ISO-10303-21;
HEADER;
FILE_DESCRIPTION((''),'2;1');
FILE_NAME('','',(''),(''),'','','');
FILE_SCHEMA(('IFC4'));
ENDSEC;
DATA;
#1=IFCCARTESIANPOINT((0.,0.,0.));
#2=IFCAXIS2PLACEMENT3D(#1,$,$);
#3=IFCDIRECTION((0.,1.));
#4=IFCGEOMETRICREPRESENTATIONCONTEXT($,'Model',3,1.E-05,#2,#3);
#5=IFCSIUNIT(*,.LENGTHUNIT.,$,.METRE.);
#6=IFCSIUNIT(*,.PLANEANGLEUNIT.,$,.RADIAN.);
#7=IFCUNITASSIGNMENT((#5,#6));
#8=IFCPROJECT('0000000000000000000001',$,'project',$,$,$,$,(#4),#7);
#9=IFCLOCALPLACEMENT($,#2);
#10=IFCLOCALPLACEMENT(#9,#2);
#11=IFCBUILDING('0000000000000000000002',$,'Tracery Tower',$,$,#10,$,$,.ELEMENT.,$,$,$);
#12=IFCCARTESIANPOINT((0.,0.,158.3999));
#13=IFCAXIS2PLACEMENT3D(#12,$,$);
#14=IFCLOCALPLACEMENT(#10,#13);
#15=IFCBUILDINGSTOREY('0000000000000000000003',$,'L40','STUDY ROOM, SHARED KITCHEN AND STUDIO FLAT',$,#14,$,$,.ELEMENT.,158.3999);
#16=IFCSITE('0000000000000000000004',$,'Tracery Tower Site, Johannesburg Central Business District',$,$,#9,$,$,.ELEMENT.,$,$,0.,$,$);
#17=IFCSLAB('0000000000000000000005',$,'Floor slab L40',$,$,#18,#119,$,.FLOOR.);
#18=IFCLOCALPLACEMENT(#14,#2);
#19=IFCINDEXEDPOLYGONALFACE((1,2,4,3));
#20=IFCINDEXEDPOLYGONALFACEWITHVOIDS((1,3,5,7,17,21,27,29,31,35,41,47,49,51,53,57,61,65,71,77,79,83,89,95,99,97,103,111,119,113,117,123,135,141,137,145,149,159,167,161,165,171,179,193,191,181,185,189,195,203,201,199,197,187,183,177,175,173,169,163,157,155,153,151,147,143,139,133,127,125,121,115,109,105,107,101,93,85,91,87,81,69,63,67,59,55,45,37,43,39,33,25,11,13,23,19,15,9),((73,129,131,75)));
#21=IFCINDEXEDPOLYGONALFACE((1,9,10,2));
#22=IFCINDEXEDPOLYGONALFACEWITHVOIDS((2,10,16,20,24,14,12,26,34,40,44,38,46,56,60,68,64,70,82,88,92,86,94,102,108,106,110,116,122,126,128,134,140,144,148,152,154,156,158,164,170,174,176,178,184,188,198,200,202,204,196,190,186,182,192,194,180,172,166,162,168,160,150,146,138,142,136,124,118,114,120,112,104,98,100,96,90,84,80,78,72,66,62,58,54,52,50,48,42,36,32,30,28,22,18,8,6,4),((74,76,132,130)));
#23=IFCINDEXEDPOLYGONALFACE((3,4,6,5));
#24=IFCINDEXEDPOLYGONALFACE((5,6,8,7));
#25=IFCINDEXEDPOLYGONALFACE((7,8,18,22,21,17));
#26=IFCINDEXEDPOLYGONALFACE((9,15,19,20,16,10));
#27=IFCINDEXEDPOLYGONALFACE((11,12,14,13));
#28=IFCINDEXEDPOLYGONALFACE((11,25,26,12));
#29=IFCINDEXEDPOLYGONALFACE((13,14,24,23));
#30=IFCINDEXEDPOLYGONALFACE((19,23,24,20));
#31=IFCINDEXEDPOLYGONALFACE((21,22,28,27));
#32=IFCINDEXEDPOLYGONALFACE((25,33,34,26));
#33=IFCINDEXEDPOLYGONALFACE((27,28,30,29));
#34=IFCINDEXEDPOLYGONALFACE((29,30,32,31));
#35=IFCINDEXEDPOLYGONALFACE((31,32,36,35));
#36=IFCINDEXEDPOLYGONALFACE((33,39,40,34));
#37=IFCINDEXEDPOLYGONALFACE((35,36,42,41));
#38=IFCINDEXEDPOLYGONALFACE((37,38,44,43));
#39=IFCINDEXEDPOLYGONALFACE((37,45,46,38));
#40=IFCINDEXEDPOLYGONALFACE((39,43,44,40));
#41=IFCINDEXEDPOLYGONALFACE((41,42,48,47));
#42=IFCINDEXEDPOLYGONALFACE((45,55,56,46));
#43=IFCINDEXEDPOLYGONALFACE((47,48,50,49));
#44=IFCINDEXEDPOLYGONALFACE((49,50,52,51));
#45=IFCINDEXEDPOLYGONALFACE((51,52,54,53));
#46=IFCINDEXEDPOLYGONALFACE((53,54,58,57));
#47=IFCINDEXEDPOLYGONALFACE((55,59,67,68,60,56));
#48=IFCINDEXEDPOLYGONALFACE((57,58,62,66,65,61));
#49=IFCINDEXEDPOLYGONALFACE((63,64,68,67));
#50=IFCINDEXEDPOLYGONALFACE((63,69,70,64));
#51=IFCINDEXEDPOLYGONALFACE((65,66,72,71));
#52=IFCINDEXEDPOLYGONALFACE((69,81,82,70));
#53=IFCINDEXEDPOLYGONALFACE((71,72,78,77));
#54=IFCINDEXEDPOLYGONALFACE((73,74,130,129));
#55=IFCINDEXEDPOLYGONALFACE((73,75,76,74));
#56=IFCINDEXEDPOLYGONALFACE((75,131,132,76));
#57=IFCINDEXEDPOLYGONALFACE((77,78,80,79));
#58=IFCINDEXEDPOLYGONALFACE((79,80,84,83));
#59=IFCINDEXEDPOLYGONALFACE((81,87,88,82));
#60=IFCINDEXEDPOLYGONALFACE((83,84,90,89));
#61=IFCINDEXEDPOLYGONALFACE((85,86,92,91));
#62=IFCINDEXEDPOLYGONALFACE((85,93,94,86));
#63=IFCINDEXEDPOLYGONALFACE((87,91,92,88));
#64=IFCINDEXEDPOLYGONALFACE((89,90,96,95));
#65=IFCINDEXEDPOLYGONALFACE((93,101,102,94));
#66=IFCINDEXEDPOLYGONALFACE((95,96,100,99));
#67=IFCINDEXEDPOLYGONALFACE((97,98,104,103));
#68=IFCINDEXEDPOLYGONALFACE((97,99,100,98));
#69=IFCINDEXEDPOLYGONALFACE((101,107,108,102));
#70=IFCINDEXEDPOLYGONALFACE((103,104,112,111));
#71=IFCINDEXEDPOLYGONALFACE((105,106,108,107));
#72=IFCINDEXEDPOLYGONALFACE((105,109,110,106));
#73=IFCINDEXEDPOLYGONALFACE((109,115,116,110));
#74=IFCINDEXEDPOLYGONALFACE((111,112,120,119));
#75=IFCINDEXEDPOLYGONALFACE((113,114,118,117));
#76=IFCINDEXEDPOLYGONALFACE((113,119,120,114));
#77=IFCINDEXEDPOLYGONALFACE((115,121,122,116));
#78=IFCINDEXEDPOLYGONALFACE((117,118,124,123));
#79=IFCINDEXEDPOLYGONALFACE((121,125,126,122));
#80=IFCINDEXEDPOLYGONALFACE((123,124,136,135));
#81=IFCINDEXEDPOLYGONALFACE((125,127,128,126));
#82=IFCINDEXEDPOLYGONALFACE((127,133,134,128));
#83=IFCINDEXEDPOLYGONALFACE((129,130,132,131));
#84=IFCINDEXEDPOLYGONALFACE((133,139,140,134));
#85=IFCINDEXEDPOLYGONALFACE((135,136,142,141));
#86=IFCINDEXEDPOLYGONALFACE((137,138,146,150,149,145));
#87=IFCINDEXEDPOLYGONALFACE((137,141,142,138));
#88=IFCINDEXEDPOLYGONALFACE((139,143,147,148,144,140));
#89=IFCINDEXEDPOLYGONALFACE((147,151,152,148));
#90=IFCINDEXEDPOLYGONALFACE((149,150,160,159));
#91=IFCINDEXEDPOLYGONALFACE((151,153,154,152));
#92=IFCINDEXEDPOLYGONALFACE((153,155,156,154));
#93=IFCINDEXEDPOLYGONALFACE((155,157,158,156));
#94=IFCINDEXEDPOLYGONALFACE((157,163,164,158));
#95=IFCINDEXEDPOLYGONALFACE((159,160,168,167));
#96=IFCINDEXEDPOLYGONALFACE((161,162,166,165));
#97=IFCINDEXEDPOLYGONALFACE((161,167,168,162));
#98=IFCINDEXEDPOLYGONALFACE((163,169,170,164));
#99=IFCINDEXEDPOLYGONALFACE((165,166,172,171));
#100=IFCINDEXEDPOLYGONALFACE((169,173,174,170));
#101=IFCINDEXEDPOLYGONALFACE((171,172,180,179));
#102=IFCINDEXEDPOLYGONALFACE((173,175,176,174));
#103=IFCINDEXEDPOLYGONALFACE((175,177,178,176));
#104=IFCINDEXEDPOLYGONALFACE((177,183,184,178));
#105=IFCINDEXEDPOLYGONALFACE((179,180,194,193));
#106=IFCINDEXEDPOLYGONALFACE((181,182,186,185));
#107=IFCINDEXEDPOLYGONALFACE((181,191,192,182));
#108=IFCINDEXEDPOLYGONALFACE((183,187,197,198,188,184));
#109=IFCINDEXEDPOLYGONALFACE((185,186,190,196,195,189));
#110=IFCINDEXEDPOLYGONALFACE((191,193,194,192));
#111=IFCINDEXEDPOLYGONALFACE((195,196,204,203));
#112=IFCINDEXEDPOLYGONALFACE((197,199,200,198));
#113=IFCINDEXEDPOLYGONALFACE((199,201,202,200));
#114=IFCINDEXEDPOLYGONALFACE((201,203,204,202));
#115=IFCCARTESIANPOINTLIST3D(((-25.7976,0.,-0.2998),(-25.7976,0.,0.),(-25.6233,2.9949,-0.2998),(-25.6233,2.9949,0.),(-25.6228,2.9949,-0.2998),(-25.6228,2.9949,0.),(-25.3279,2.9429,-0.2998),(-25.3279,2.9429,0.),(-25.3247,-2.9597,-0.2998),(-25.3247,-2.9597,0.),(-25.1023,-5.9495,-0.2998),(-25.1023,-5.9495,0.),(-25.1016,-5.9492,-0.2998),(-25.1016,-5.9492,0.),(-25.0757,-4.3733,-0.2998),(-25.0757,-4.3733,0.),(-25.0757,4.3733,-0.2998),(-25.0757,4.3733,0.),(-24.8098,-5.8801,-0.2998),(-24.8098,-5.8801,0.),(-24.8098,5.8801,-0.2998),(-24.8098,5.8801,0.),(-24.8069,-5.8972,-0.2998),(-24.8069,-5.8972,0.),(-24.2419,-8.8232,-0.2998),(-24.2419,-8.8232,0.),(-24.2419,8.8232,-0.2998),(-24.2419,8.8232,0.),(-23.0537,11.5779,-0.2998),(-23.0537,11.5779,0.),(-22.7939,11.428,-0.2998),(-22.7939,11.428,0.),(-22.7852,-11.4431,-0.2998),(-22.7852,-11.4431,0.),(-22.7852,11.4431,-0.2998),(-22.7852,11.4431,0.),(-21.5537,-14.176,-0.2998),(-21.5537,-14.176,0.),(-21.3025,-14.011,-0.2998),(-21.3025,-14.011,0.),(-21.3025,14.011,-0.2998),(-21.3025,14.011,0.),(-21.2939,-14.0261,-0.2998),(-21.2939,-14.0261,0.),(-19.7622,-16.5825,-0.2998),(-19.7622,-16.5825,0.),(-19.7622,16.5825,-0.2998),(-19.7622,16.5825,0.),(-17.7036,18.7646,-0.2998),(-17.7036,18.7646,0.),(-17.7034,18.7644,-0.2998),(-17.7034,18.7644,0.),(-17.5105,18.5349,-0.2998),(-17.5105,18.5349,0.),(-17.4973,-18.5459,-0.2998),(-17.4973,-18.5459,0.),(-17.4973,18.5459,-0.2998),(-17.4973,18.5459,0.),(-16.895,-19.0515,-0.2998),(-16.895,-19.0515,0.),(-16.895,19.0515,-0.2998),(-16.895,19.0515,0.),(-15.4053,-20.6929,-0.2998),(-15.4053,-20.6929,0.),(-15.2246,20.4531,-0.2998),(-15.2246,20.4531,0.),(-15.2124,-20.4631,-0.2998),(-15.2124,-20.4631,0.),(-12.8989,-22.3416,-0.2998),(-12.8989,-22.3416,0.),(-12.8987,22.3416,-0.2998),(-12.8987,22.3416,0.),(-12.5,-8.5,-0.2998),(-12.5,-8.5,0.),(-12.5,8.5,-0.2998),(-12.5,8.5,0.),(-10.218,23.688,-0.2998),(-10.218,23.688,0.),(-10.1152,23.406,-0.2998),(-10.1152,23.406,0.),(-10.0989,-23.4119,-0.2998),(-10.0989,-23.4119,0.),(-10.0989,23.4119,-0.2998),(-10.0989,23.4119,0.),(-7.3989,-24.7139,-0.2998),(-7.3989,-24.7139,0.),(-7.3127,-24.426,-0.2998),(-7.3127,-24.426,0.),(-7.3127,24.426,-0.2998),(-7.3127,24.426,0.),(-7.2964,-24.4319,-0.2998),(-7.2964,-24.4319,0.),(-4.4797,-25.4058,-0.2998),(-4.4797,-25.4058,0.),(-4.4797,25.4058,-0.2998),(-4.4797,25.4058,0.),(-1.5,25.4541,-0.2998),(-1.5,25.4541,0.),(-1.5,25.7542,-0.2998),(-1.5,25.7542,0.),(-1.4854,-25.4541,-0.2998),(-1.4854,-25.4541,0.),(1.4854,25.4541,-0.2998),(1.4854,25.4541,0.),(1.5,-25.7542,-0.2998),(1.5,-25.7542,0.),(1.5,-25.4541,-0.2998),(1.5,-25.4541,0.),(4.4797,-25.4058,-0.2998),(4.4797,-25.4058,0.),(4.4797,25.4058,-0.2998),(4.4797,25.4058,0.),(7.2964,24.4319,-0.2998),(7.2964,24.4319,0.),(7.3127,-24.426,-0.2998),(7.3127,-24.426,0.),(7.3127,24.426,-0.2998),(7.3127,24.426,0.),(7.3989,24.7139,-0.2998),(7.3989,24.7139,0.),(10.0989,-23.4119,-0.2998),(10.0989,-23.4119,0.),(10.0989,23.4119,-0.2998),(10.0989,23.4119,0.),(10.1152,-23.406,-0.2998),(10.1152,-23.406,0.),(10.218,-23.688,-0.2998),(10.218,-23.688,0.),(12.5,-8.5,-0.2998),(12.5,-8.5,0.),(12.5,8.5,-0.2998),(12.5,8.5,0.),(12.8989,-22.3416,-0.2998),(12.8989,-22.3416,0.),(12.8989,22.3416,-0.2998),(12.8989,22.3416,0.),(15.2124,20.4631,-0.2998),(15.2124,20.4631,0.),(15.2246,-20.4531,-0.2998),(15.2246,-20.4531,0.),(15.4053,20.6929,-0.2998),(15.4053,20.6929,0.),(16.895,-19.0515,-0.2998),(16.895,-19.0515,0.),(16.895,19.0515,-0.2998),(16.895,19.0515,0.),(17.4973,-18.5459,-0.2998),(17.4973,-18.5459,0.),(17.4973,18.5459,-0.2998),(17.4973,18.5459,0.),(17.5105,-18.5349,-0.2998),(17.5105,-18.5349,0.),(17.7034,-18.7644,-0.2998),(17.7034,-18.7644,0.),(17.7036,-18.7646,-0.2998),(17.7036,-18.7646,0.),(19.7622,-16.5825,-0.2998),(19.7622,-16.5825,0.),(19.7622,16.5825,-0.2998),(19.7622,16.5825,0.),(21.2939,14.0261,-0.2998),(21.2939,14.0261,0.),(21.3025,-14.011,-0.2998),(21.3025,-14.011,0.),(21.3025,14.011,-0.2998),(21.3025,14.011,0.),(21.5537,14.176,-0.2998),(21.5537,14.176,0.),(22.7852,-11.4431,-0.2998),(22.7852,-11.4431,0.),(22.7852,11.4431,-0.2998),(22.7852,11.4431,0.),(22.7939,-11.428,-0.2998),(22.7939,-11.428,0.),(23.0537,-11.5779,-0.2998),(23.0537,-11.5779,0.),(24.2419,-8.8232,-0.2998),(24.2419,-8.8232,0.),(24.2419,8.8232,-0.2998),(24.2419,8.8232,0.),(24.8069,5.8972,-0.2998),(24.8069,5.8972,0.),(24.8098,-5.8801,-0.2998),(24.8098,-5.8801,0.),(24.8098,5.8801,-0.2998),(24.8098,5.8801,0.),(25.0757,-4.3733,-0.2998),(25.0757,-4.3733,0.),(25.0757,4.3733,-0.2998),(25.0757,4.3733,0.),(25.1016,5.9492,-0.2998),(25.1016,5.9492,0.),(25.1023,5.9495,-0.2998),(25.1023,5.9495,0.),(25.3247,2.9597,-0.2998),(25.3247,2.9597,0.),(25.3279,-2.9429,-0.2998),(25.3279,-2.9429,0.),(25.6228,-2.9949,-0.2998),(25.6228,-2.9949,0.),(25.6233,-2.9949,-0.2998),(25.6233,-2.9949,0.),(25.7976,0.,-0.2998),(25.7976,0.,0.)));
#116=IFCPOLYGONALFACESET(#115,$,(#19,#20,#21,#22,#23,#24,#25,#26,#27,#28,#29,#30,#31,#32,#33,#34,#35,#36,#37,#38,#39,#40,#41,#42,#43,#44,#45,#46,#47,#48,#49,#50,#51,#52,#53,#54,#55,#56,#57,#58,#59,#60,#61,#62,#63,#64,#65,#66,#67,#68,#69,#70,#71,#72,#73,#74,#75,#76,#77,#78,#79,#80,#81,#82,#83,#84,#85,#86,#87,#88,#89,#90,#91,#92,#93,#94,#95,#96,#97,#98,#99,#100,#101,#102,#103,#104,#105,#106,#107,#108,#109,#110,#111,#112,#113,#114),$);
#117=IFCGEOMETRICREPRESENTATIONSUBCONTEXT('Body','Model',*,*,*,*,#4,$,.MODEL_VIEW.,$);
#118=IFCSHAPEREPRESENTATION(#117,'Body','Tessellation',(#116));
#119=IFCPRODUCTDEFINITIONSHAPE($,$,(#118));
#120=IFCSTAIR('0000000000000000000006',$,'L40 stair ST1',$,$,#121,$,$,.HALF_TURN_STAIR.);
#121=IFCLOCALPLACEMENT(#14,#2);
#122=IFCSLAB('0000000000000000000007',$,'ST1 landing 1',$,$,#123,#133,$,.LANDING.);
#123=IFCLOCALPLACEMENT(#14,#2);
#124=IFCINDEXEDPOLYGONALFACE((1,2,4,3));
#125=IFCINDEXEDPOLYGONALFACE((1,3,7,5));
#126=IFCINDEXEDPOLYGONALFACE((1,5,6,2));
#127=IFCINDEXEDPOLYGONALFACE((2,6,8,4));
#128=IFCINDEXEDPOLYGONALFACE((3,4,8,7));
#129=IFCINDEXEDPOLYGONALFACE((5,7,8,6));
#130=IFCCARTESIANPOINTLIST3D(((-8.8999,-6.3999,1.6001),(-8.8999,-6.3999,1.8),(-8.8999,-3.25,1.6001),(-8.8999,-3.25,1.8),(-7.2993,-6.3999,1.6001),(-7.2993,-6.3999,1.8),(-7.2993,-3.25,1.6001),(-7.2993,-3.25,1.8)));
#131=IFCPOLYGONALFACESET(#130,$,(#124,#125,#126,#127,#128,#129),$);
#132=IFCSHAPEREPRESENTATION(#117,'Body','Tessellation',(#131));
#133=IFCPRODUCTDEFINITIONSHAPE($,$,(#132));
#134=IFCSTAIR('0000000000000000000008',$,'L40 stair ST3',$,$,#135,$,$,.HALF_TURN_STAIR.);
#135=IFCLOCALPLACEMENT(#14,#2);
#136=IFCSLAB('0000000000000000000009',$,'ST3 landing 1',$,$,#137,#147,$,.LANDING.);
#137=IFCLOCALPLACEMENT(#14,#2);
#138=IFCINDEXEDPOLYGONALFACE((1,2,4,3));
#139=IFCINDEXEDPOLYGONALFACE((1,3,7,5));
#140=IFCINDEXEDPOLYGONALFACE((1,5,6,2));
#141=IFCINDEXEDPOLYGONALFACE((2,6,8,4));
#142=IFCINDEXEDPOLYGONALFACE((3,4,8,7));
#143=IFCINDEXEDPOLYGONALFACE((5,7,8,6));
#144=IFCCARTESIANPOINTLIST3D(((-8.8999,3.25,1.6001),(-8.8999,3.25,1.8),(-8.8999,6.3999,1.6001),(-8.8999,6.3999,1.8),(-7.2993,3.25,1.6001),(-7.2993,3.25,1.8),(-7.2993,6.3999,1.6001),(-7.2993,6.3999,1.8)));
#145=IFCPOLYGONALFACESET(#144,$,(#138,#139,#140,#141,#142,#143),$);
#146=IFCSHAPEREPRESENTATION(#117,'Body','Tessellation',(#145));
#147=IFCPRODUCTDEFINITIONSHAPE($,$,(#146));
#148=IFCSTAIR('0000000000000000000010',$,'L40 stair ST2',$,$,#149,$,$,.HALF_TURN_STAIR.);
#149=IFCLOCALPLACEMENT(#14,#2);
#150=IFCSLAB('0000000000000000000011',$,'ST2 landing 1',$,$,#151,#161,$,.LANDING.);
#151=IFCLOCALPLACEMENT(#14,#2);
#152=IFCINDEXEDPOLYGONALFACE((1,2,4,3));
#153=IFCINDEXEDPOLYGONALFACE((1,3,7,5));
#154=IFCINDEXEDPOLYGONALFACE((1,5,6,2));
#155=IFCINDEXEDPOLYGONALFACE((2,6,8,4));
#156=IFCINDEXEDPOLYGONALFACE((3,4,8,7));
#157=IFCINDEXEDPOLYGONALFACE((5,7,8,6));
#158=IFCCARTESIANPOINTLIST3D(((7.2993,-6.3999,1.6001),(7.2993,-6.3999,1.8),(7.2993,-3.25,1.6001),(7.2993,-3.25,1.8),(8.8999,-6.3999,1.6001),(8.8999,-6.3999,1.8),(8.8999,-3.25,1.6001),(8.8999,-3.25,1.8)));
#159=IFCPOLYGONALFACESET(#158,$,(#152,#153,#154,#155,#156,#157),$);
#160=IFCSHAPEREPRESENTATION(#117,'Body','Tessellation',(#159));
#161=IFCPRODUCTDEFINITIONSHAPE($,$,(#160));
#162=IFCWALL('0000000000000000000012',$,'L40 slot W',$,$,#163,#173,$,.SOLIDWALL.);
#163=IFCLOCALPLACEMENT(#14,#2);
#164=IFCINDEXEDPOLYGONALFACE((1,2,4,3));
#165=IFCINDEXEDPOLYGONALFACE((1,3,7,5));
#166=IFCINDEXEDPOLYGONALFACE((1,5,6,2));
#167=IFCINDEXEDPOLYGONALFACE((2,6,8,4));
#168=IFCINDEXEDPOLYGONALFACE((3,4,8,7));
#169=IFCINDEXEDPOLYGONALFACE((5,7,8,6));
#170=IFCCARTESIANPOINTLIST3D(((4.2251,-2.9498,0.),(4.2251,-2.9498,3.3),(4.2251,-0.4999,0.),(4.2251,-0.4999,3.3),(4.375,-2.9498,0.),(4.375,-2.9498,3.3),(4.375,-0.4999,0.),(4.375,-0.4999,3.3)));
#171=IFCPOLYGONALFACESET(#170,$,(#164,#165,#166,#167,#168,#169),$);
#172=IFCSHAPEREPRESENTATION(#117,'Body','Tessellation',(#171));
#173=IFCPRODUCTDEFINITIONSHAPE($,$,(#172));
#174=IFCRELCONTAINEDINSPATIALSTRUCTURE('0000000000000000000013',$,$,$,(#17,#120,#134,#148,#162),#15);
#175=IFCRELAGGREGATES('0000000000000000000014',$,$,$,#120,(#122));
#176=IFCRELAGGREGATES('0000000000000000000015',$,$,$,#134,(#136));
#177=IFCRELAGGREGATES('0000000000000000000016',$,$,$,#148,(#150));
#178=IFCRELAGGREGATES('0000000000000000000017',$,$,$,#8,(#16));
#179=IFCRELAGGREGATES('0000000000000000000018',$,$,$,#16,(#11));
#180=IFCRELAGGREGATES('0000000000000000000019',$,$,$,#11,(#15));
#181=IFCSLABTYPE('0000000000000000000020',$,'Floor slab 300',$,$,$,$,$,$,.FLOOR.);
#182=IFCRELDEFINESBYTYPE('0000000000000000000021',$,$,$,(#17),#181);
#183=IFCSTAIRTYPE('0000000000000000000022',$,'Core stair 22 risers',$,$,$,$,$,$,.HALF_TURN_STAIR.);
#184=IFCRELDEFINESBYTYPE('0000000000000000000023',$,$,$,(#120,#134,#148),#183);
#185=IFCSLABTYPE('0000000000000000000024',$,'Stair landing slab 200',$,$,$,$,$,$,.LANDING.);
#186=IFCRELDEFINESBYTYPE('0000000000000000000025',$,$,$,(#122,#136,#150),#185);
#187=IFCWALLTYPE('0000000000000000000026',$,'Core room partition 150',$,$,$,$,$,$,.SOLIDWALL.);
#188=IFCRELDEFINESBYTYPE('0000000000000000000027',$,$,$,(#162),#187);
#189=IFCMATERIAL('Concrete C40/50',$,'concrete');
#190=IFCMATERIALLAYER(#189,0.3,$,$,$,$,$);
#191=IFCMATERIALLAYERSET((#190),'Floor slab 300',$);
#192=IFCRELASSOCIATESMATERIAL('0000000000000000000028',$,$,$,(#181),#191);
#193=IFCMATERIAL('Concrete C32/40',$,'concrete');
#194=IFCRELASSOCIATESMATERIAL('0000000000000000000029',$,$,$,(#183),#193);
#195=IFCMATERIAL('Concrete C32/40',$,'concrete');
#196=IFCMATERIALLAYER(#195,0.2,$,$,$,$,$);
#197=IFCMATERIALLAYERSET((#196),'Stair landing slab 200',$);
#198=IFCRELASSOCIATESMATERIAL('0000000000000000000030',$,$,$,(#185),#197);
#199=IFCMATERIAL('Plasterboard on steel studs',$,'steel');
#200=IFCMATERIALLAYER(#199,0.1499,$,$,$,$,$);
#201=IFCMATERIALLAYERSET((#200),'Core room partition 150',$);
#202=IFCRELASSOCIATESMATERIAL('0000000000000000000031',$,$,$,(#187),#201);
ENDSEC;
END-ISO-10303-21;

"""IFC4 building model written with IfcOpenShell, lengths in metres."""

from ifc_helpers import new_model, si_unit, direction, frame, frame_2d, origin, place, context, subcontext, project, spatial, polyline, rectangle, outline, extrude, material, layer, layer_set, type_object, element, aggregate, save


model = new_model("IFC4")

# Units and contexts
model_context = context("Model", 3, precision=1e-05, world=origin(), true_north=direction((0.0, 1.0)))
body_context = subcontext(model_context, "Body", "Model", "MODEL_VIEW")
ifc_project = project(units=[si_unit("LENGTHUNIT", "METRE"), si_unit("PLANEANGLEUNIT", "RADIAN")], contexts=[model_context])

# Site, building, storey
site_placement = place(None, origin())
site = spatial("IfcSite", under=ifc_project, at=site_placement, Name="Tracery Tower Site, Johannesburg Central Business District", CompositionType="ELEMENT", RefElevation=0.0)
building_placement = place(site_placement, origin())
building = spatial("IfcBuilding", under=site, at=building_placement, Name="Tracery Tower", CompositionType="ELEMENT")
storey_placement = place(building_placement, frame((0.0, 0.0, 158.3999)))
storey = spatial("IfcBuildingStorey", under=building, at=storey_placement, Name="L40", Description="STUDY ROOM, SHARED KITCHEN AND STUDIO FLAT", CompositionType="ELEMENT", Elevation=158.3999)

# Slab
ifc_material_1 = material(Name="Concrete C40/50", Category="concrete")
ifc_layer_1 = layer(ifc_material_1, 0.3)
ifc_layer_set_1 = layer_set([ifc_layer_1], Name="Floor slab 300")
slab_type_1 = type_object("IfcSlabType", Name="Floor slab 300", PredefinedType="FLOOR", material=ifc_layer_set_1)
slab_1_placement = place(storey_placement, frame((0.0, 0.0, -0.2998)))
element("IfcSlab", 1, at=slab_1_placement, inside=storey, type_object=slab_type_1, Name="Floor slab L40", PredefinedType="FLOOR", context=body_context, shape_type="SweptSolid", body=[
    extrude(outline(polyline([(25.3247, 2.9597), (25.0757, 4.3733), (24.8098, 5.8801), (24.8098, 5.8801), (24.8069, 5.8972), (25.1016, 5.9492), (25.1023, 5.9495), (24.2419, 8.8232), (22.7852, 11.4431), (21.3025, 14.011), (21.3025, 14.011), (21.2939, 14.0261), (21.5537, 14.176), (21.5537, 14.176), (19.7622, 16.5825), (17.4973, 18.5459), (16.895, 19.0515), (15.2124, 20.4631), (15.4053, 20.6929), (12.8989, 22.3416), (10.0989, 23.4119), (7.3127, 24.426), (7.3127, 24.426), (7.2964, 24.4319), (7.3989, 24.7139), (4.4797, 25.4058), (1.4854, 25.4541), (-1.5, 25.4541), (-1.5, 25.7542), (-4.4797, 25.4058), (-7.3127, 24.426), (-10.0989, 23.4119), (-10.0989, 23.4119), (-10.1152, 23.406), (-10.218, 23.688), (-12.8987, 22.3416), (-15.2246, 20.4531), (-16.895, 19.0515), (-17.4973, 18.5459), (-17.4973, 18.5459), (-17.5105, 18.5349), (-17.7034, 18.7644), (-17.7036, 18.7646), (-19.7622, 16.5825), (-21.3025, 14.011), (-22.7852, 11.4431), (-22.7852, 11.4431), (-22.7939, 11.428), (-23.0537, 11.5779), (-23.0537, 11.5779), (-24.2419, 8.8232), (-24.8098, 5.8801), (-25.0757, 4.3733), (-25.3279, 2.9429), (-25.6228, 2.9949), (-25.6233, 2.9949), (-25.7976, 0.0), (-25.3247, -2.9597), (-25.0757, -4.3733), (-24.8098, -5.8801), (-24.8098, -5.8801), (-24.8069, -5.8972), (-25.1016, -5.9492), (-25.1023, -5.9495), (-24.2419, -8.8232), (-22.7852, -11.4431), (-21.3025, -14.011), (-21.3025, -14.011), (-21.2939, -14.0261), (-21.5537, -14.176), (-21.5537, -14.176), (-19.7622, -16.5825), (-17.4973, -18.5459), (-16.895, -19.0515), (-15.2124, -20.4631), (-15.4053, -20.6929), (-12.8989, -22.3416), (-10.0989, -23.4119), (-7.3127, -24.426), (-7.3127, -24.426), (-7.2964, -24.4319), (-7.3989, -24.7139), (-4.4797, -25.4058), (-1.4854, -25.4541), (1.5, -25.4541), (1.5, -25.7542), (4.4797, -25.4058), (7.3127, -24.426), (10.0989, -23.4119), (10.0989, -23.4119), (10.1152, -23.406), (10.218, -23.688), (12.8989, -22.3416), (15.2246, -20.4531), (16.895, -19.0515), (17.4973, -18.5459), (17.4973, -18.5459), (17.5105, -18.5349), (17.7034, -18.7644), (17.7036, -18.7646), (19.7622, -16.5825), (21.3025, -14.011), (22.7852, -11.4431), (22.7852, -11.4431), (22.7939, -11.428), (23.0537, -11.5779), (23.0537, -11.5779), (24.2419, -8.8232), (24.8098, -5.8801), (25.0757, -4.3733), (25.3279, -2.9429), (25.6228, -2.9949), (25.6233, -2.9949), (25.7976, 0.0), (25.3247, 2.9597)]), holes=[polyline([(-12.5, -8.5), (12.5, -8.5), (12.5, 8.5), (-12.5, 8.5), (-12.5, -8.5)])]), origin(), (0.0, 0.0, 1.0), 0.2998),
])

# Stairs, slabs
ifc_material_2 = material(Name="Concrete C32/40", Category="concrete")
stair_type = type_object("IfcStairType", Name="Core stair 22 risers", PredefinedType="HALF_TURN_STAIR", material=ifc_material_2)
stair_1_placement = place(storey_placement, origin())
stair_1 = element("IfcStair", 2, at=stair_1_placement, inside=storey, type_object=stair_type, Name="L40 stair ST1", PredefinedType="HALF_TURN_STAIR")
ifc_material_3 = material(Name="Concrete C32/40", Category="concrete")
ifc_layer_2 = layer(ifc_material_3, 0.2)
ifc_layer_set_2 = layer_set([ifc_layer_2], Name="Stair landing slab 200")
slab_type_2 = type_object("IfcSlabType", Name="Stair landing slab 200", PredefinedType="LANDING", material=ifc_layer_set_2)
slab_2_placement = place(storey_placement, frame((0.0, 0.0, 1.6001)))
slab_2 = element("IfcSlab", 3, at=slab_2_placement, type_object=slab_type_2, Name="ST1 landing 1", PredefinedType="LANDING", context=body_context, shape_type="SweptSolid", body=[
    extrude(outline(polyline([(-7.2993, -3.25), (-8.8999, -3.25), (-8.8999, -6.3999), (-7.2993, -6.3999), (-7.2993, -3.25)])), origin(), (0.0, 0.0, 1.0), 0.2),
])
aggregate(stair_1, [slab_2])
stair_2_placement = place(storey_placement, origin())
stair_2 = element("IfcStair", 4, at=stair_2_placement, inside=storey, type_object=stair_type, Name="L40 stair ST3", PredefinedType="HALF_TURN_STAIR")
slab_3_placement = place(storey_placement, frame((0.0, 0.0, 1.6001)))
slab_3 = element("IfcSlab", 5, at=slab_3_placement, type_object=slab_type_2, Name="ST3 landing 1", PredefinedType="LANDING", context=body_context, shape_type="SweptSolid", body=[
    extrude(outline(polyline([(-7.2993, 6.3999), (-8.8999, 6.3999), (-8.8999, 3.25), (-7.2993, 3.25), (-7.2993, 6.3999)])), origin(), (0.0, 0.0, 1.0), 0.2),
])
aggregate(stair_2, [slab_3])
stair_3_placement = place(storey_placement, origin())
stair_3 = element("IfcStair", 6, at=stair_3_placement, inside=storey, type_object=stair_type, Name="L40 stair ST2", PredefinedType="HALF_TURN_STAIR")
slab_4_placement = place(storey_placement, frame((0.0, 0.0, 1.6001)))
slab_4 = element("IfcSlab", 7, at=slab_4_placement, type_object=slab_type_2, Name="ST2 landing 1", PredefinedType="LANDING", context=body_context, shape_type="SweptSolid", body=[
    extrude(outline(polyline([(7.2993, -6.3999), (8.8999, -6.3999), (8.8999, -3.25), (7.2993, -3.25), (7.2993, -6.3999)])), origin(), (0.0, 0.0, 1.0), 0.2),
])

# Wall
ifc_material_4 = material(Name="Plasterboard on steel studs", Category="steel")
ifc_layer_3 = layer(ifc_material_4, 0.1499)
ifc_layer_set_3 = layer_set([ifc_layer_3], Name="Core room partition 150")
wall_type_1 = type_object("IfcWallType", Name="Core room partition 150", PredefinedType="SOLIDWALL", material=ifc_layer_set_3)
wall_1_placement = place(storey_placement, frame((4.3, -2.95, 0.0), z_axis=(0.0, 0.0, 1.0), x_axis=(0.0, 1.0, 0.0)))
element("IfcWall", 8, at=wall_1_placement, inside=storey, type_object=wall_type_1, Name="L40 slot W", PredefinedType="SOLIDWALL", context=body_context, shape_type="SweptSolid", body=[
    extrude(rectangle(XDim=2.45, YDim=0.1499, at=frame_2d((1.2251, 0.0))), origin(), (0.0, 0.0, 1.0), 3.3),
])

aggregate(stair_3, [slab_4])

save(model, "model.ifc")
